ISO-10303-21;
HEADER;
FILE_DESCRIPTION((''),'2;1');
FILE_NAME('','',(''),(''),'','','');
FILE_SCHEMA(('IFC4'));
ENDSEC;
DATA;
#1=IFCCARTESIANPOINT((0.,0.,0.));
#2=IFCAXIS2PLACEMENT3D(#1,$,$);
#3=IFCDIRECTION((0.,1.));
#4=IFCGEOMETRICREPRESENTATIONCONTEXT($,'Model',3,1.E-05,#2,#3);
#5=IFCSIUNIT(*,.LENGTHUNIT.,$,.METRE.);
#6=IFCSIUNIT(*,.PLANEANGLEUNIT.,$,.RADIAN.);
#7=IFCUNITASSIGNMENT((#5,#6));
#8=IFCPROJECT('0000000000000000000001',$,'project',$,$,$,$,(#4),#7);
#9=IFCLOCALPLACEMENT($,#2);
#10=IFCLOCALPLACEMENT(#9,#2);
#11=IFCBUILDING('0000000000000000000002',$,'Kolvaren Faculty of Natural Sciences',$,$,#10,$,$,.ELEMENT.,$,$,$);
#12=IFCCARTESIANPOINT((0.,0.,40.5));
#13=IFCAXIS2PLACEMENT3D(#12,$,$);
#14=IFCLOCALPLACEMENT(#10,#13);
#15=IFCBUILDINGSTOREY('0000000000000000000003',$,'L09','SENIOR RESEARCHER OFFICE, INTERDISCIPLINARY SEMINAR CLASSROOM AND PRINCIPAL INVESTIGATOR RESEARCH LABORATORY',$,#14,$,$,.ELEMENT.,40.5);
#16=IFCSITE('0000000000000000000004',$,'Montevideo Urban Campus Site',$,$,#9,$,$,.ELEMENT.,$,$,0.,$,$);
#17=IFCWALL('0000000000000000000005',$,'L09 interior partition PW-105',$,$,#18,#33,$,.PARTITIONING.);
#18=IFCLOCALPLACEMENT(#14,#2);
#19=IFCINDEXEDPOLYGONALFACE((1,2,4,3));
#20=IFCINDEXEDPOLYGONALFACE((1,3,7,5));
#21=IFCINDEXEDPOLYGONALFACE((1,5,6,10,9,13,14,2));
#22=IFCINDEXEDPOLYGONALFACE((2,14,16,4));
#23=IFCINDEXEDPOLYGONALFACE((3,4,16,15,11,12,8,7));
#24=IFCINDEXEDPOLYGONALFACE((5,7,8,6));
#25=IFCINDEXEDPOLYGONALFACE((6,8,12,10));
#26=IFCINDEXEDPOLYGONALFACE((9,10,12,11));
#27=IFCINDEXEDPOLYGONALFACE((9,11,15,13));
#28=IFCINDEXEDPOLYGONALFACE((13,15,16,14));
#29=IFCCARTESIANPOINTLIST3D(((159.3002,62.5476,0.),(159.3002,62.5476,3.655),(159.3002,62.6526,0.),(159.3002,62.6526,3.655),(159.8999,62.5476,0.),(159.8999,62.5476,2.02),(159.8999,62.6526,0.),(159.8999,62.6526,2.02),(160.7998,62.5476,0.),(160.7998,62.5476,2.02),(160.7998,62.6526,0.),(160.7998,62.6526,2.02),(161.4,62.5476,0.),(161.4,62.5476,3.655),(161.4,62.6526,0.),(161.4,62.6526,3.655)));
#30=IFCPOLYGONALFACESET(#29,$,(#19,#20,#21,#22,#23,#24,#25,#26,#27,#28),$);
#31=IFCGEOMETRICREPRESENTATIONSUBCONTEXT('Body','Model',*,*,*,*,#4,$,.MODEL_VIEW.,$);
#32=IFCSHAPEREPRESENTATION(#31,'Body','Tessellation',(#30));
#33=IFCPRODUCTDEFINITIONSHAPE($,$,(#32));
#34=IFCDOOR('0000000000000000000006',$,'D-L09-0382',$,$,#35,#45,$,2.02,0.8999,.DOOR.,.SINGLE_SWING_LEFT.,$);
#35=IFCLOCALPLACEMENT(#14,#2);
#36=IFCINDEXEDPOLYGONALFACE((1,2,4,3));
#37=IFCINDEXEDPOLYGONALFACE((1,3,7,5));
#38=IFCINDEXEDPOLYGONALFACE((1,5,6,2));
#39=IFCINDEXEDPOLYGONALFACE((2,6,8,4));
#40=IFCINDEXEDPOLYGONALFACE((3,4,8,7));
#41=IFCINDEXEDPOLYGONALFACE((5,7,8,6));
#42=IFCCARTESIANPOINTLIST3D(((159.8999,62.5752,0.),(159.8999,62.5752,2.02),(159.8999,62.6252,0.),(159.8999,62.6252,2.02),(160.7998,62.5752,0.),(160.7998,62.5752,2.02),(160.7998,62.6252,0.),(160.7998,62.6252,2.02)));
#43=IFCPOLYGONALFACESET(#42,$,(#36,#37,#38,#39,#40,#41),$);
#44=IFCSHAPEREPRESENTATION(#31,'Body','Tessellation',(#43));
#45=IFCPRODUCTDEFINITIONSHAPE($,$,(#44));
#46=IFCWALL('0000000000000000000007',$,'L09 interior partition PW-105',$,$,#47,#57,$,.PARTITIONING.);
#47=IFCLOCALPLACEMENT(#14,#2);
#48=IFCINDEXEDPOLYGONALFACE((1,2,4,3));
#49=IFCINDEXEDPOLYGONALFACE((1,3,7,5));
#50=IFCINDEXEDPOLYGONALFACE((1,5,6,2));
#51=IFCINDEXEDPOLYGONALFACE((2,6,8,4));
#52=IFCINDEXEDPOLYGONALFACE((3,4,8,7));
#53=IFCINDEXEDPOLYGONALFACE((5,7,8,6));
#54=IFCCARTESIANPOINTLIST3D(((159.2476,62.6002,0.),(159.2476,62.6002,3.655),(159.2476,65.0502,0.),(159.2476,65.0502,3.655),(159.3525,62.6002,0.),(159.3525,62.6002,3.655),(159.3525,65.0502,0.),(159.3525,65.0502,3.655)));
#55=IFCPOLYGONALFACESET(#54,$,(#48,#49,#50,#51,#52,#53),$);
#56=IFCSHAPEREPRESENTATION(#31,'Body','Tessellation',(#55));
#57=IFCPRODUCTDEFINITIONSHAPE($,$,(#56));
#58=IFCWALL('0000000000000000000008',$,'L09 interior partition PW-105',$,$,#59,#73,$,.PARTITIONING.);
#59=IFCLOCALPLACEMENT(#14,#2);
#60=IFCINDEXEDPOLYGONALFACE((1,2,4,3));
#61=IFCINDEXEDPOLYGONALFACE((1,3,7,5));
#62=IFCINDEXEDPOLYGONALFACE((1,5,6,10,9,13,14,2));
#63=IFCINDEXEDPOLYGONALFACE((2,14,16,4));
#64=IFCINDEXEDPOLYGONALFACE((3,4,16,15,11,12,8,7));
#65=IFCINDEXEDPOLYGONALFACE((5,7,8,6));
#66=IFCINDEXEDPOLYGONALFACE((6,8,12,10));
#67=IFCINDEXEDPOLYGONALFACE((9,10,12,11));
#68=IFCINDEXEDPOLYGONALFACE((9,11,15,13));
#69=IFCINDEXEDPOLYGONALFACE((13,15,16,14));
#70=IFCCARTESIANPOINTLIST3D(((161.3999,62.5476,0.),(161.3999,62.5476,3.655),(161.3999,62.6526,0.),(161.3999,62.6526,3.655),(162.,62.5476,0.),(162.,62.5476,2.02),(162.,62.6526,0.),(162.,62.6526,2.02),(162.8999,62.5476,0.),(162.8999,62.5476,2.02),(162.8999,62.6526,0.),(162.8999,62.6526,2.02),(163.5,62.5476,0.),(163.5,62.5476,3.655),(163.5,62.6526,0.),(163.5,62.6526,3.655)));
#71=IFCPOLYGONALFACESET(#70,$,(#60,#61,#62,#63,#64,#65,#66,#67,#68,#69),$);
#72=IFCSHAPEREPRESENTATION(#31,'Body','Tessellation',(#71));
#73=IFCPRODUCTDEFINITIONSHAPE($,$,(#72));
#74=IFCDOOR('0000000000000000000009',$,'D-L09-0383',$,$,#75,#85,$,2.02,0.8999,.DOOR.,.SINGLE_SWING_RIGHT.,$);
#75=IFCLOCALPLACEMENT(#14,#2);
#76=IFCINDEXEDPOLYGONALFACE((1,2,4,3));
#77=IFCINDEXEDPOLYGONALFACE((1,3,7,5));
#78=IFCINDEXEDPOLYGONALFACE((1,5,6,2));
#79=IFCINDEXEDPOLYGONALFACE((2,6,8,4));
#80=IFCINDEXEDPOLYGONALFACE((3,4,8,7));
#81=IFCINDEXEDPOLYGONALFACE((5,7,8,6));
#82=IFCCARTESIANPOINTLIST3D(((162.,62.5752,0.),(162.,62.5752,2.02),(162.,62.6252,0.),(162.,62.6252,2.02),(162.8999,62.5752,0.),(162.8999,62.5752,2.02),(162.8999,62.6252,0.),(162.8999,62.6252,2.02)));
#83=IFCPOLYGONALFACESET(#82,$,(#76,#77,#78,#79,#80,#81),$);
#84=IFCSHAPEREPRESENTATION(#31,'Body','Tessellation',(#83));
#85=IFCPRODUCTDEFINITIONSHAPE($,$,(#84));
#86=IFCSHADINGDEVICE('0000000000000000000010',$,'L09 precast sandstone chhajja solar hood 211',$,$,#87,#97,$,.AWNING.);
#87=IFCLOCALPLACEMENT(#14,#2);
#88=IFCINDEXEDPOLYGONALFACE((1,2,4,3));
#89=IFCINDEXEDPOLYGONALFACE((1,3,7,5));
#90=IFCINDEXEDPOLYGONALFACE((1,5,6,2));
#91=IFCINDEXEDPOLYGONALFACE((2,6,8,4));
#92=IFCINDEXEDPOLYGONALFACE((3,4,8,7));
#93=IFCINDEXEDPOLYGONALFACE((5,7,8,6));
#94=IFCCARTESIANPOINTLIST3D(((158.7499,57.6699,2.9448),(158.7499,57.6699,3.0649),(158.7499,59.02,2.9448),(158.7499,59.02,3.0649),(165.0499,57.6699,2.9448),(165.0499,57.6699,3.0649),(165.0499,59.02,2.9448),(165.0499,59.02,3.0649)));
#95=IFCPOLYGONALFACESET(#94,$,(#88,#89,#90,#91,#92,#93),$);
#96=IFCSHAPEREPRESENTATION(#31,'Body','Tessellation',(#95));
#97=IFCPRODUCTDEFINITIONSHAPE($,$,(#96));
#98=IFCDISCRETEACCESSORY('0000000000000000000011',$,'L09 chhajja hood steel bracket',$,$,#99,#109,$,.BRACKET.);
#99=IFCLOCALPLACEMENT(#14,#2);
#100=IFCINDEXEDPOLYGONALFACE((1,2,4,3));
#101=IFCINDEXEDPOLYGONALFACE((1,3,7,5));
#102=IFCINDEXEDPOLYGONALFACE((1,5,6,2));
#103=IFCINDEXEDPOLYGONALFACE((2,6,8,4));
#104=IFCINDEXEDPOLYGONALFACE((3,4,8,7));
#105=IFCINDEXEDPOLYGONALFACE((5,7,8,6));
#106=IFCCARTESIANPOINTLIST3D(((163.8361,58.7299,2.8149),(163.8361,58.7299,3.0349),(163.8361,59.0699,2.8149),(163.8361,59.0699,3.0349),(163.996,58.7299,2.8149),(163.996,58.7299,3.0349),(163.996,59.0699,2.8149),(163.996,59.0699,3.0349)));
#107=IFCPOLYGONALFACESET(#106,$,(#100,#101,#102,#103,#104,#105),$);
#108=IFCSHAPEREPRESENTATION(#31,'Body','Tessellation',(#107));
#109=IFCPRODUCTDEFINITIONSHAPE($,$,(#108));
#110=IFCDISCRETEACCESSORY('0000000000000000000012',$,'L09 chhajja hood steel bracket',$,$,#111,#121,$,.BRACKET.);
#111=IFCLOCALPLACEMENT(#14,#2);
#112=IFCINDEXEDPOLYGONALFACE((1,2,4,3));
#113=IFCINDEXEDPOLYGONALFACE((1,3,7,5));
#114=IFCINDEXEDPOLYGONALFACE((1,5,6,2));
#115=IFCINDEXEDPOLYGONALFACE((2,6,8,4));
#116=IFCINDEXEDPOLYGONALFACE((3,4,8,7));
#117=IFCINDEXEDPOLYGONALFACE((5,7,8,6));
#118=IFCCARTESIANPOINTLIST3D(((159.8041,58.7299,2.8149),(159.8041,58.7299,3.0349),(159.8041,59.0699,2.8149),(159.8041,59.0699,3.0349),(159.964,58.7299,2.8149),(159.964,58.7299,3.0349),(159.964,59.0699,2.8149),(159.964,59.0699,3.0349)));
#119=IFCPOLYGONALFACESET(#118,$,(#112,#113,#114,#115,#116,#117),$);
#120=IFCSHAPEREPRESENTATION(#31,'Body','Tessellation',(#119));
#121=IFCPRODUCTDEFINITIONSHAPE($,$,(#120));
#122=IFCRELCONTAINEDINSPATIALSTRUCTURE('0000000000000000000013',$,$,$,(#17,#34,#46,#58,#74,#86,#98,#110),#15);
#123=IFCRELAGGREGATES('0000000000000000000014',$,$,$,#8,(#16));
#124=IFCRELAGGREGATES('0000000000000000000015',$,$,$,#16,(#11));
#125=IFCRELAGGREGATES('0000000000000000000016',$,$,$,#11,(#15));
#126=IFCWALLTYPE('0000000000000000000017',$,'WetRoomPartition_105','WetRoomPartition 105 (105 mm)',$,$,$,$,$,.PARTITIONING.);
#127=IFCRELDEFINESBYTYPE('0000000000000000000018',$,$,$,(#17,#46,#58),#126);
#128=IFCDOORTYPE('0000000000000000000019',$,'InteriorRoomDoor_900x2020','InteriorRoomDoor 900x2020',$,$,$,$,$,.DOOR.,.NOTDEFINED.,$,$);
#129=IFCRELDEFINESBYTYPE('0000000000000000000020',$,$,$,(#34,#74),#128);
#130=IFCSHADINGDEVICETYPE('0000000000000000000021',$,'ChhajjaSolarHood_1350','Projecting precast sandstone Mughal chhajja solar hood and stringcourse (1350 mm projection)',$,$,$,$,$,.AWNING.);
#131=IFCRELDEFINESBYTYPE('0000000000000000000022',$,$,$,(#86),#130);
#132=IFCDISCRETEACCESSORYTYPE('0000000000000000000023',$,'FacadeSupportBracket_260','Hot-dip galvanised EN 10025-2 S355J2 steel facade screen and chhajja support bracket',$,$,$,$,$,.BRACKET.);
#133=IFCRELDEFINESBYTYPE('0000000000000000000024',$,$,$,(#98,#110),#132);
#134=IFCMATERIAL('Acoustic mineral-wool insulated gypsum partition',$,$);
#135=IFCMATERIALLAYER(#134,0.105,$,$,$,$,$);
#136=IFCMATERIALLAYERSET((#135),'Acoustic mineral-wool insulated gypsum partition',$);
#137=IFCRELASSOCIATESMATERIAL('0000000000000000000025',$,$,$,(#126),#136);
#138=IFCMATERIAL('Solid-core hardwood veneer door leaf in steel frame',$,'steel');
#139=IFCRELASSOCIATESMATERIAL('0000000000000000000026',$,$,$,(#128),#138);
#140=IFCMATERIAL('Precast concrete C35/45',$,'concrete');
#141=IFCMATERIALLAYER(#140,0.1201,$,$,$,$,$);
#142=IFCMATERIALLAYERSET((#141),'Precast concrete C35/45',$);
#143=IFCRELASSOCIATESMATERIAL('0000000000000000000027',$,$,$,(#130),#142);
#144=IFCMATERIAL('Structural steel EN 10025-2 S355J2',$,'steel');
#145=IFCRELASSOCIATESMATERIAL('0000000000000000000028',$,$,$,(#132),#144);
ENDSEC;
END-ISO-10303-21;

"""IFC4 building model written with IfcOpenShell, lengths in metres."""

from ifc_helpers import new_model, si_unit, direction, frame, frame_2d, origin, origin_2d, place, context, subcontext, project, spatial, rectangle, extrude, material, layer, layer_set, type_object, element, fill, save


model = new_model("IFC4")

# Units and contexts
model_context = context("Model", 3, precision=1e-05, world=origin(), true_north=direction((0.0, 1.0)))
body_context = subcontext(model_context, "Body", "Model", "MODEL_VIEW")
ifc_project = project(units=[si_unit("LENGTHUNIT", "METRE"), si_unit("PLANEANGLEUNIT", "RADIAN")], contexts=[model_context])

# Site, building, storey
site_placement = place(None, origin())
site = spatial("IfcSite", under=ifc_project, at=site_placement, Name="Montevideo Urban Campus Site", CompositionType="ELEMENT", RefElevation=0.0)
building_placement = place(site_placement, origin())
building = spatial("IfcBuilding", under=site, at=building_placement, Name="Kolvaren Faculty of Natural Sciences", CompositionType="ELEMENT")
storey_placement = place(building_placement, frame((0.0, 0.0, 40.5)))
storey = spatial("IfcBuildingStorey", under=building, at=storey_placement, Name="L09", Description="SENIOR RESEARCHER OFFICE, INTERDISCIPLINARY SEMINAR CLASSROOM AND PRINCIPAL INVESTIGATOR RESEARCH LABORATORY", CompositionType="ELEMENT", Elevation=40.5)

# Shared definitions
ifc_material_1 = material(Name="Precast concrete C35/45", Category="concrete")

# Shared definitions
ifc_material_2 = material(Name="Acoustic mineral-wool insulated gypsum partition")
ifc_layer_1 = layer(ifc_material_2, 0.105)
ifc_layer_set_1 = layer_set([ifc_layer_1], Name="Acoustic mineral-wool insulated gypsum partition")
wall_type_1 = type_object("IfcWallType", Name="WetRoomPartition_105", Description="WetRoomPartition 105 (105 mm)", PredefinedType="PARTITIONING", material=ifc_layer_set_1)

# Wall, opening, door
wall_1_placement = place(storey_placement, frame((161.3999, 62.6001, 0.0), z_axis=(0.0, 0.0, 1.0), x_axis=(-1.0, 0.0, 0.0)))
wall_1 = element("IfcWall", 1, at=wall_1_placement, inside=storey, type_object=wall_type_1, Name="L09 interior partition PW-105", PredefinedType="PARTITIONING", context=body_context, shape_type="SweptSolid", body=[
    extrude(rectangle(XDim=2.0999, YDim=0.105, at=frame_2d((1.0498, 0.0))), origin(), (0.0, 0.0, 1.0), 3.655),
])
opening_1_placement = place(wall_1_placement, frame((0.6001, 0.0, 0.0)))
opening_1 = element("IfcOpeningElement", 2, at=opening_1_placement, cuts=wall_1, PredefinedType="OPENING", context=body_context, shape_type="SweptSolid", body=[
    extrude(rectangle(XDim=0.8999, YDim=2.02, at=frame_2d((0.45, 1.01))), frame((0.0, 0.0625, 0.0), z_axis=(0.0, -1.0, 0.0), x_axis=(1.0, 0.0, 0.0)), (0.0, 0.0, 1.0), 0.125),
])
ifc_material_3 = material(Name="Solid-core hardwood veneer door leaf in steel frame", Category="steel")
door_type = type_object("IfcDoorType", Name="InteriorRoomDoor_900x2020", Description="InteriorRoomDoor 900x2020", OperationType="NOTDEFINED", PredefinedType="DOOR", material=ifc_material_3)
door_1_placement = place(opening_1_placement, origin())
door_1 = element("IfcDoor", 3, at=door_1_placement, inside=storey, type_object=door_type, Name="D-L09-0382", OperationType="SINGLE_SWING_LEFT", OverallHeight=2.02, OverallWidth=0.8999, PredefinedType="DOOR", context=body_context, shape_type="SweptSolid", body=[
    extrude(rectangle(XDim=0.8999, YDim=2.02, at=frame_2d((0.45, 1.01))), frame((0.0, 0.0249, 0.0), z_axis=(0.0, -1.0, 0.0), x_axis=(1.0, 0.0, 0.0)), (0.0, 0.0, 1.0), 0.05),
])
fill(opening_1, door_1)

# Wall
wall_2_placement = place(storey_placement, frame((159.3, 62.6001, 0.0), z_axis=(0.0, 0.0, 1.0), x_axis=(0.0, 1.0, 0.0)))
element("IfcWall", 4, at=wall_2_placement, inside=storey, type_object=wall_type_1, Name="L09 interior partition PW-105", PredefinedType="PARTITIONING", context=body_context, shape_type="SweptSolid", body=[
    extrude(rectangle(XDim=2.45, YDim=0.105, at=frame_2d((1.2251, 0.0))), origin(), (0.0, 0.0, 1.0), 3.655),
])

# Wall, opening, door
wall_3_placement = place(storey_placement, frame((163.5, 62.6001, 0.0), z_axis=(0.0, 0.0, 1.0), x_axis=(-1.0, 0.0, 0.0)))
wall_3 = element("IfcWall", 5, at=wall_3_placement, inside=storey, type_object=wall_type_1, Name="L09 interior partition PW-105", PredefinedType="PARTITIONING", context=body_context, shape_type="SweptSolid", body=[
    extrude(rectangle(XDim=2.1001, YDim=0.105, at=frame_2d((1.05, 0.0))), origin(), (0.0, 0.0, 1.0), 3.655),
])
opening_2_placement = place(wall_3_placement, frame((0.6001, 0.0, 0.0)))
opening_2 = element("IfcOpeningElement", 6, at=opening_2_placement, cuts=wall_3, PredefinedType="OPENING", context=body_context, shape_type="SweptSolid", body=[
    extrude(rectangle(XDim=0.8999, YDim=2.02, at=frame_2d((0.45, 1.01))), frame((0.0, 0.0625, 0.0), z_axis=(0.0, -1.0, 0.0), x_axis=(1.0, 0.0, 0.0)), (0.0, 0.0, 1.0), 0.125),
])
door_2_placement = place(opening_2_placement, origin())
door_2 = element("IfcDoor", 7, at=door_2_placement, inside=storey, type_object=door_type, Name="D-L09-0383", OperationType="SINGLE_SWING_RIGHT", OverallHeight=2.02, OverallWidth=0.8999, PredefinedType="DOOR", context=body_context, shape_type="SweptSolid", body=[
    extrude(rectangle(XDim=0.8999, YDim=2.02, at=frame_2d((0.45, 1.01))), frame((0.0, 0.0249, 0.0), z_axis=(0.0, -1.0, 0.0), x_axis=(1.0, 0.0, 0.0)), (0.0, 0.0, 1.0), 0.05),
])
fill(opening_2, door_2)

# Shading device
ifc_layer_2 = layer(ifc_material_1, 0.1201)
ifc_layer_set_2 = layer_set([ifc_layer_2], Name="Precast concrete C35/45")
shading_device_type = type_object("IfcShadingDeviceType", Name="ChhajjaSolarHood_1350", Description="Projecting precast sandstone Mughal chhajja solar hood and stringcourse (1350 mm projection)", PredefinedType="AWNING", material=ifc_layer_set_2)
shading_device_placement = place(storey_placement, frame((161.8999, 58.345, 2.9448), z_axis=(0.0, 0.0, 1.0), x_axis=(-1.0, 0.0, 0.0)))
element("IfcShadingDevice", 8, at=shading_device_placement, inside=storey, type_object=shading_device_type, Name="L09 precast sandstone chhajja solar hood 211", PredefinedType="AWNING", context=body_context, shape_type="SweptSolid", body=[
    extrude(rectangle(XDim=6.3, YDim=1.3501, at=origin_2d()), origin(), (0.0, 0.0, 1.0), 0.1201),
])

# Discrete accessories
ifc_material_4 = material(Name="Structural steel EN 10025-2 S355J2", Category="steel")
discrete_accessory_type = type_object("IfcDiscreteAccessoryType", Name="FacadeSupportBracket_260", Description="Hot-dip galvanised EN 10025-2 S355J2 steel facade screen and chhajja support bracket", PredefinedType="BRACKET", material=ifc_material_4)
for number, where, z_axis, x_axis, name in (
    (9, (163.916, 58.8999, 2.8149), (0.0, 0.0, 1.0), (-1.0, 0.0, 0.0), "L09 chhajja hood steel bracket"),
    (10, (159.884, 58.8999, 2.8149), (0.0, 0.0, 1.0), (-1.0, 0.0, 0.0), "L09 chhajja hood steel bracket"),
):
    element("IfcDiscreteAccessory", number, at=place(storey_placement, frame(where, z_axis=z_axis, x_axis=x_axis)), inside=storey, type_object=discrete_accessory_type, Name=name, PredefinedType="BRACKET", context=body_context, shape_type="SweptSolid", body=[
        extrude(rectangle(XDim=0.1599, YDim=0.3401, at=origin_2d()), origin(), (0.0, 0.0, 1.0), 0.22),
    ])

save(model, "model.ifc")
